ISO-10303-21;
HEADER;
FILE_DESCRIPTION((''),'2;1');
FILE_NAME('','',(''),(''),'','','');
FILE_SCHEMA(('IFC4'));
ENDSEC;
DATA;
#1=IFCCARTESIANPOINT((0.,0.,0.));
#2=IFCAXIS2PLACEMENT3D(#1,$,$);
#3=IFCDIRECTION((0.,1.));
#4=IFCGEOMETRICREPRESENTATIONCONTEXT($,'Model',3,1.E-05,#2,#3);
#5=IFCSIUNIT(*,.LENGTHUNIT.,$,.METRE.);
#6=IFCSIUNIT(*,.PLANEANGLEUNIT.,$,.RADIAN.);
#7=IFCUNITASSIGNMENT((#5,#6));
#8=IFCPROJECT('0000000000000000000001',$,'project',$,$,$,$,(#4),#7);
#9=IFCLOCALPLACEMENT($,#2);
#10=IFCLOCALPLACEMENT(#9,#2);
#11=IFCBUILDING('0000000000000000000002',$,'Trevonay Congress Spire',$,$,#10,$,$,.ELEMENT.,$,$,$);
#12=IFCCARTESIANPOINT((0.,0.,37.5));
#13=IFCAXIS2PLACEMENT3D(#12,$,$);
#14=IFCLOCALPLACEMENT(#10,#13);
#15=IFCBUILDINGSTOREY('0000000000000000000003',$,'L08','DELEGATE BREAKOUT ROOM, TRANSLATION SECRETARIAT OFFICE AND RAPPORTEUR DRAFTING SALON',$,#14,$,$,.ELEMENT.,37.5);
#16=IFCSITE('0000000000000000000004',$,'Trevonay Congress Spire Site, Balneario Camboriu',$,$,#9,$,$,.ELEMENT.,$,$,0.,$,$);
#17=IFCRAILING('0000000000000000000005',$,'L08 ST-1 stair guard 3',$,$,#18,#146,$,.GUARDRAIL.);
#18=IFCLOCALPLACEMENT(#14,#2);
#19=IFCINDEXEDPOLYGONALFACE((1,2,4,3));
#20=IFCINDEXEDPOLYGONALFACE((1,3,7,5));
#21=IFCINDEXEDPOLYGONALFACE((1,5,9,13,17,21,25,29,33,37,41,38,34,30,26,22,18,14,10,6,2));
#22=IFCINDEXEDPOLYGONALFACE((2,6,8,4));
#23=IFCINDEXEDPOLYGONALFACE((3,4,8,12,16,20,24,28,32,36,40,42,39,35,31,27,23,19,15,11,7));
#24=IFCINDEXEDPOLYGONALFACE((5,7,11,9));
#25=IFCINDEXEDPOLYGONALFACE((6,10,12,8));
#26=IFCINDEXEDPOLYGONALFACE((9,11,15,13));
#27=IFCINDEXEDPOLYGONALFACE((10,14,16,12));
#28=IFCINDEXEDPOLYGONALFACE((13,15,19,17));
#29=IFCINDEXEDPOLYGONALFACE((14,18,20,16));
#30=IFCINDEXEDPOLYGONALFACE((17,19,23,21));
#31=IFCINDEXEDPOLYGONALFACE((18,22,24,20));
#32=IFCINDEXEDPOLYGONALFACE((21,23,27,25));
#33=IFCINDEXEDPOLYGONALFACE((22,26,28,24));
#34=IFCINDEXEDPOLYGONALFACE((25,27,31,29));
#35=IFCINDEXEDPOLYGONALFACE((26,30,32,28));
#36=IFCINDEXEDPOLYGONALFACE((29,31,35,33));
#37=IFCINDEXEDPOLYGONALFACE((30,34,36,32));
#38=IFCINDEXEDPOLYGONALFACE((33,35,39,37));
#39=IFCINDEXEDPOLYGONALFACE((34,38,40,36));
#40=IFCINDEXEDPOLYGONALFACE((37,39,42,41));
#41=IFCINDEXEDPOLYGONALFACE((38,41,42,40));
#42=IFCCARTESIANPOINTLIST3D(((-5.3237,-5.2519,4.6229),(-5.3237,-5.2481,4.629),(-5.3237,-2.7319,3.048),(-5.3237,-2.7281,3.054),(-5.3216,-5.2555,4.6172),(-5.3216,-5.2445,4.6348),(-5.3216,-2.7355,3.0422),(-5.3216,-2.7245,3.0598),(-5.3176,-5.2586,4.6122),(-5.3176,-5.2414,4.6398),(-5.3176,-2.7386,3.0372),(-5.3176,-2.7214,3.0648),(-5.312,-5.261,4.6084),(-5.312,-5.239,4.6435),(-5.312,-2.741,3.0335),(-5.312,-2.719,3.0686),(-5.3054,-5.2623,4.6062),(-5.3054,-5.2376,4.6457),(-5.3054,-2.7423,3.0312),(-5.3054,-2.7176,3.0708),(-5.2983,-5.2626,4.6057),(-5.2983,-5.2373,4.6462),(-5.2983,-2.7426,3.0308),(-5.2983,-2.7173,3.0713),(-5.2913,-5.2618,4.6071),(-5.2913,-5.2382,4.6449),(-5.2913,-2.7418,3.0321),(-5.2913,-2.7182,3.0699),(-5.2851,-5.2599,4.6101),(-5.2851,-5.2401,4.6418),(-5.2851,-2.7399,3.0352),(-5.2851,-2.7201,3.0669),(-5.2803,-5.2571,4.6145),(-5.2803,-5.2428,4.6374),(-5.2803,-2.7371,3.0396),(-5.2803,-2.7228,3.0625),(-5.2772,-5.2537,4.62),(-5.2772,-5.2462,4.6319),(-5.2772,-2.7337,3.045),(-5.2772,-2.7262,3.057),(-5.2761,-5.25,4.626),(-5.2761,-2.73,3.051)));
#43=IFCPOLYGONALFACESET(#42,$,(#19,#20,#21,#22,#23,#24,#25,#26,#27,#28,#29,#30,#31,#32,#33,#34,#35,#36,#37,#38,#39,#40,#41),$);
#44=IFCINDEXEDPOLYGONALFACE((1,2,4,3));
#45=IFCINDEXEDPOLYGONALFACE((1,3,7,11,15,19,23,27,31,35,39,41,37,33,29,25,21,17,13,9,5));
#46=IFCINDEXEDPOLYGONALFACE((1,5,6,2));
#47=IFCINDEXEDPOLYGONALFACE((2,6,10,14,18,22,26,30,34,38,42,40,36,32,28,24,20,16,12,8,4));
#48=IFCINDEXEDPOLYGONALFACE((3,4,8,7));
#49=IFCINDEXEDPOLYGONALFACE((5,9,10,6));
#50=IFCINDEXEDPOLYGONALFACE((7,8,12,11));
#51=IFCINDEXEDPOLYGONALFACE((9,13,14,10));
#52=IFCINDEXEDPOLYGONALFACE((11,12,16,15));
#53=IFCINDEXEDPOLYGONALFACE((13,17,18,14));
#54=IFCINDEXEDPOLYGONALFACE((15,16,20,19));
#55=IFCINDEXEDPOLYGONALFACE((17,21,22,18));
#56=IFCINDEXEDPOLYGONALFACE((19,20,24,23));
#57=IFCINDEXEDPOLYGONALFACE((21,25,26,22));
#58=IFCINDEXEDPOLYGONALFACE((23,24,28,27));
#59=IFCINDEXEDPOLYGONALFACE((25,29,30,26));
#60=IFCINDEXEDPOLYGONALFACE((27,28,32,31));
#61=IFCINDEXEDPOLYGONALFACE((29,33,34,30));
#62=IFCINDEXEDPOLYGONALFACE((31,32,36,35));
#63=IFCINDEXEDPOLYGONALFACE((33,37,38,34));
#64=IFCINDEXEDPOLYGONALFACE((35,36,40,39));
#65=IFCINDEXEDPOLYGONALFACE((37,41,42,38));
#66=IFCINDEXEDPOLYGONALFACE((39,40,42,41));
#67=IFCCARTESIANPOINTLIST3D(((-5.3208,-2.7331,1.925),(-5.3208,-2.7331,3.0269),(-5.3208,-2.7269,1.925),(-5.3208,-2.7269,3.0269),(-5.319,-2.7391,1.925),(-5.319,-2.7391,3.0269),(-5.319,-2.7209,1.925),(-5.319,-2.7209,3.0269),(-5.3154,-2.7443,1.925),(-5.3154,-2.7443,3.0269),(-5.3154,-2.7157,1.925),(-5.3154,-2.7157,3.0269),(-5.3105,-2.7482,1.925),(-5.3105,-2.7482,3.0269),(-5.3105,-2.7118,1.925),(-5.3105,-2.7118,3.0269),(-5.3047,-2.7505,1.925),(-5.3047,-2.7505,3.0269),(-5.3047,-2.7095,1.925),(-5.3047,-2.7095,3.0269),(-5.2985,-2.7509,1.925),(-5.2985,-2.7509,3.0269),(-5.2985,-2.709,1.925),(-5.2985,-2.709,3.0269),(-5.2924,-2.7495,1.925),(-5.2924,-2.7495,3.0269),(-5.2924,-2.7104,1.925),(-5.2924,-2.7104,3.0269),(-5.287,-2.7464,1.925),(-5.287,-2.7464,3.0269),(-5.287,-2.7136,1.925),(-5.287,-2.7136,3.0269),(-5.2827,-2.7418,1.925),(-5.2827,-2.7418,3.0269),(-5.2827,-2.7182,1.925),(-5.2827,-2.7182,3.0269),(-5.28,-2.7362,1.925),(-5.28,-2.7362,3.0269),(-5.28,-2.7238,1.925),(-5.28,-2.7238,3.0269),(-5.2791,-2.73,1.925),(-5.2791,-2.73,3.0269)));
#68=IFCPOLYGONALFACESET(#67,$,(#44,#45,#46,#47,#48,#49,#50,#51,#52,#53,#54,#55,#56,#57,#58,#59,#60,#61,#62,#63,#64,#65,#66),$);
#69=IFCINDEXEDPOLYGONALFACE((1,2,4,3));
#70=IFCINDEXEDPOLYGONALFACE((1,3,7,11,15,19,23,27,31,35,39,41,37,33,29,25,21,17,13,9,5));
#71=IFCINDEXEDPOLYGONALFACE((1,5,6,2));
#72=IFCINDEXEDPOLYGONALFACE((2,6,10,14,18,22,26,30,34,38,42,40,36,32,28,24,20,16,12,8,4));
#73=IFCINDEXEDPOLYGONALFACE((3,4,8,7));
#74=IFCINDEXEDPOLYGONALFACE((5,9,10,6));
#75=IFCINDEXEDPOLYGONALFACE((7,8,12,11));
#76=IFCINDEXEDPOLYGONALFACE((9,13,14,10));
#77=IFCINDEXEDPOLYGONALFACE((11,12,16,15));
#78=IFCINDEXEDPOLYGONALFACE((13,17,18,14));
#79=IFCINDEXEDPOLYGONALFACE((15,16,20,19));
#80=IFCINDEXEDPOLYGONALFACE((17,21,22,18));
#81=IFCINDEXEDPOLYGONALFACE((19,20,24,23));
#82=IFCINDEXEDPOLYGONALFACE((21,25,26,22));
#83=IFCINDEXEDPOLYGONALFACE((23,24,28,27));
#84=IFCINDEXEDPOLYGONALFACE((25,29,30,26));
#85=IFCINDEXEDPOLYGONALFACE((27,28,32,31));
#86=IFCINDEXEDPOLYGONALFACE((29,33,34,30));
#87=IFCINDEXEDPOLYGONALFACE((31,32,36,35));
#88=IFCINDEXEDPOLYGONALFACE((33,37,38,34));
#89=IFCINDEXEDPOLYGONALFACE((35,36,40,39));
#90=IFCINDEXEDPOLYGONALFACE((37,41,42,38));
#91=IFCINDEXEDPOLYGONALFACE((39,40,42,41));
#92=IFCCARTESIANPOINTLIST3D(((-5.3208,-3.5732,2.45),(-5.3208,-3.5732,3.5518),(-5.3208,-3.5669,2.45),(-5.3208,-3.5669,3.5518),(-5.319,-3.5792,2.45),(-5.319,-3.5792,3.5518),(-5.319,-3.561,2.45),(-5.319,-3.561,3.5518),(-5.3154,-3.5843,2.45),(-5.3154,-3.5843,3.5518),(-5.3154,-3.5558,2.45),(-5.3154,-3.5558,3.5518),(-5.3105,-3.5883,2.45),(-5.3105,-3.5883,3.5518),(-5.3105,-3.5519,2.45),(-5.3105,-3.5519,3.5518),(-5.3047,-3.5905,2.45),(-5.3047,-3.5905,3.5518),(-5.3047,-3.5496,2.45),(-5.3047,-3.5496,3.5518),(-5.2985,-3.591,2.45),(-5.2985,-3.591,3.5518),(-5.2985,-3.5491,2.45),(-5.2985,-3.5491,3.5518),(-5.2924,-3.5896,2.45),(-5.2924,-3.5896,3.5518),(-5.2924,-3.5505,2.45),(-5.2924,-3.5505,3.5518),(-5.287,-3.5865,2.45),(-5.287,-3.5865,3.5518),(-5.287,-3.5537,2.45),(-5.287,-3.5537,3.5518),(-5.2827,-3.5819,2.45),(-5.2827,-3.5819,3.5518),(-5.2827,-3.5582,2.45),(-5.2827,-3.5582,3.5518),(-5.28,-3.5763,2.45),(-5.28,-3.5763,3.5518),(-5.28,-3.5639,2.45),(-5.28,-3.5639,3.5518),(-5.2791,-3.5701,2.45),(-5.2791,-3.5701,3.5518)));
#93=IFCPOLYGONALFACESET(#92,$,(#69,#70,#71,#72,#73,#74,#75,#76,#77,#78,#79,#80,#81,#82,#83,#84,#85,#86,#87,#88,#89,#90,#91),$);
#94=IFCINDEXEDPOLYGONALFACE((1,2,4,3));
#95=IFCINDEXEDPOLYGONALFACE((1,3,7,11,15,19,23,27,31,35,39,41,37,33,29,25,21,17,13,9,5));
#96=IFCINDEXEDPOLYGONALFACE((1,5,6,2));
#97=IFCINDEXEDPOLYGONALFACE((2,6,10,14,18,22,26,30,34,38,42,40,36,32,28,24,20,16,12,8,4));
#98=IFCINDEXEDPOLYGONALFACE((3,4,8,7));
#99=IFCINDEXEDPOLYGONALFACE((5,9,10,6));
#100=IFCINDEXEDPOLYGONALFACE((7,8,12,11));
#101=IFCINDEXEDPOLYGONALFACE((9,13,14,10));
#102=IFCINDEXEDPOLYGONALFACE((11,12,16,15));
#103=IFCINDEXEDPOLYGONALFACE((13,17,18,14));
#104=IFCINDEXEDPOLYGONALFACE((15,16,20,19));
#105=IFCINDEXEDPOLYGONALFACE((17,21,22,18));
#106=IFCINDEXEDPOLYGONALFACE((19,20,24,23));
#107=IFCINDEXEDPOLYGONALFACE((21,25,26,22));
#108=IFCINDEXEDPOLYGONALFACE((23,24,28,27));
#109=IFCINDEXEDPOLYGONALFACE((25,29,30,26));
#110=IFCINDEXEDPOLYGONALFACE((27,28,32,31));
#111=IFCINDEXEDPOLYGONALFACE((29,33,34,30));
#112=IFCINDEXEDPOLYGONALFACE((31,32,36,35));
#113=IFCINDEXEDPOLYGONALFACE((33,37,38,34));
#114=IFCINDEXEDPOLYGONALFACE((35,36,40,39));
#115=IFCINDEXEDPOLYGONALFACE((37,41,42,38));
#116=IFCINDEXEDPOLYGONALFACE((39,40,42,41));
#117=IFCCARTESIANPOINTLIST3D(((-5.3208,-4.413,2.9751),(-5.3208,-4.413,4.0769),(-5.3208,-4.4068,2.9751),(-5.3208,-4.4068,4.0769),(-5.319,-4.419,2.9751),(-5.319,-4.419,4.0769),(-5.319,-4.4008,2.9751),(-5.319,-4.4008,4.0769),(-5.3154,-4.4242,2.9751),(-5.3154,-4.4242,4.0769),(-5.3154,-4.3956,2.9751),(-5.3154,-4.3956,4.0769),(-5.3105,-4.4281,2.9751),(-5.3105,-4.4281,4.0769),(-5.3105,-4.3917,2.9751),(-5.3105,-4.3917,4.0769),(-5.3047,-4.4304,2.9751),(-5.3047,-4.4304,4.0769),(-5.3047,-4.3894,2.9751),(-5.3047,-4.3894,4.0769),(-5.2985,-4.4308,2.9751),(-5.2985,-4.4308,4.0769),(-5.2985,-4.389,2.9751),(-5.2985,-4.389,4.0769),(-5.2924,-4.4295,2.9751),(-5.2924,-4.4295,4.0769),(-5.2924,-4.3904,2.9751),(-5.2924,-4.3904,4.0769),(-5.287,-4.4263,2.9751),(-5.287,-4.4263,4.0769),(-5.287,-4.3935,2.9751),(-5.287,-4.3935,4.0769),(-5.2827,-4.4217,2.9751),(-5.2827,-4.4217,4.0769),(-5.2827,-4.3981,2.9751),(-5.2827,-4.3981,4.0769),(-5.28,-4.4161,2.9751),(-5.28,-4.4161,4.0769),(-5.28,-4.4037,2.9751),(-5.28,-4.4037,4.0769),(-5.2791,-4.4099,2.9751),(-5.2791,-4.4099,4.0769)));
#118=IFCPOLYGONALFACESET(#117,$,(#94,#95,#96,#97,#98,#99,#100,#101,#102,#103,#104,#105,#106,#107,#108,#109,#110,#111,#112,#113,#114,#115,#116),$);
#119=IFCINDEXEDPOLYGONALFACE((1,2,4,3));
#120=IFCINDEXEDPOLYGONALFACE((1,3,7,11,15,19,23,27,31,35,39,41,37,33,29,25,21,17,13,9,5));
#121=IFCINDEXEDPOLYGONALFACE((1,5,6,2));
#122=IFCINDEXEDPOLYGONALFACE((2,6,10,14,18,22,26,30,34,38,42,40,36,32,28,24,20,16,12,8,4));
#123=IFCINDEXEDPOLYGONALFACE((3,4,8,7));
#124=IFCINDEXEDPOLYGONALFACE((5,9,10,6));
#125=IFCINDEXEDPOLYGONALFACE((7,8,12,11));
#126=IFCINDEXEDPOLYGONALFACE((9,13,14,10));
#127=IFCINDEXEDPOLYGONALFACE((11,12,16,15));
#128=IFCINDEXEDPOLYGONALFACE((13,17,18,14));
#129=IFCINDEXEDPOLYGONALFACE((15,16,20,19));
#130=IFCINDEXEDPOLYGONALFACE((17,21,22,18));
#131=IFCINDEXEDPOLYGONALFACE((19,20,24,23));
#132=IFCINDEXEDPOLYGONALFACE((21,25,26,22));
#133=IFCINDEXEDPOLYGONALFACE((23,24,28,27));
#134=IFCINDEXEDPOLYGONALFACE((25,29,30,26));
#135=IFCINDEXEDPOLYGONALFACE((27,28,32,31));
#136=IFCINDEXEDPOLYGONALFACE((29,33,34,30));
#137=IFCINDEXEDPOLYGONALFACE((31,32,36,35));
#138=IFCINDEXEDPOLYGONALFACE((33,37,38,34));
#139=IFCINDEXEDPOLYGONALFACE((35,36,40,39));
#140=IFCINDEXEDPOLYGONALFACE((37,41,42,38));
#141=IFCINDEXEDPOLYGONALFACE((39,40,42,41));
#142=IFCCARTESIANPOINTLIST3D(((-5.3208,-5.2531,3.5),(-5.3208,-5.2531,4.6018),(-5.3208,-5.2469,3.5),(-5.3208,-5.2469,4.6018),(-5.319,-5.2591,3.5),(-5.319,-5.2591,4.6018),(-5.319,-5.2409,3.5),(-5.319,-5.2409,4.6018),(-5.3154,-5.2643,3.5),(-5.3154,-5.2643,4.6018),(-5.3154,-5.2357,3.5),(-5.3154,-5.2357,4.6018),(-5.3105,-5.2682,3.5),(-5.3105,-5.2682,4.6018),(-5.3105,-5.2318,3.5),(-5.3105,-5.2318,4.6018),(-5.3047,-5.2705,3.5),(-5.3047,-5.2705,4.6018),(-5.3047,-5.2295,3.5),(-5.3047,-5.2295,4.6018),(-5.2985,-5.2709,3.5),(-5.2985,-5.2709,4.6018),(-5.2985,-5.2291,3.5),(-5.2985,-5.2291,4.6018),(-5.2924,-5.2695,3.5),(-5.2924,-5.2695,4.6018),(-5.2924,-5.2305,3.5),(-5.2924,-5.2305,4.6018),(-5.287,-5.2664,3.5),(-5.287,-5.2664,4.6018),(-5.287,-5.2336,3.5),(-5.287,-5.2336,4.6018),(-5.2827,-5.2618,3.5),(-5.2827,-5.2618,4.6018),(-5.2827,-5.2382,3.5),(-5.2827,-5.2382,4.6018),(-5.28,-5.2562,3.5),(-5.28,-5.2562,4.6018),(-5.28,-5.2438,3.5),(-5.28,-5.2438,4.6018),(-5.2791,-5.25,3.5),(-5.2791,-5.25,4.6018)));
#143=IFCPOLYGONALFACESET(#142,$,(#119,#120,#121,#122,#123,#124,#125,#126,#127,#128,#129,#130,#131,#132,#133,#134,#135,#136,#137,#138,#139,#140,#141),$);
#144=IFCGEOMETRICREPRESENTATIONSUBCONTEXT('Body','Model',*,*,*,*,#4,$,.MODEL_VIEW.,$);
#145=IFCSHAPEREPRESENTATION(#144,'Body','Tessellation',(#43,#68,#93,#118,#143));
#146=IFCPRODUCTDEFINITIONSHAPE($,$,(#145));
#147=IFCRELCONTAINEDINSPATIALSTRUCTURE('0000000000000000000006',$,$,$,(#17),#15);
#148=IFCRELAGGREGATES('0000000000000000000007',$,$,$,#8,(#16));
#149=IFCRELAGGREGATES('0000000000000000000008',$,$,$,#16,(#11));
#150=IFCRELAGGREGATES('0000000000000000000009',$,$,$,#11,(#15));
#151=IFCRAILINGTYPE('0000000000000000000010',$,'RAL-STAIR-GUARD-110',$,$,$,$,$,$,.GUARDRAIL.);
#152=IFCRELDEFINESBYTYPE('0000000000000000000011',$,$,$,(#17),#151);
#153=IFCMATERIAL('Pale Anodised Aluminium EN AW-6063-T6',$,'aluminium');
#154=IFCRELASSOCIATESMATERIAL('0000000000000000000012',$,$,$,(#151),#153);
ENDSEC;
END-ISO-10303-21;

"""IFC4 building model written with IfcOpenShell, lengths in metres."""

from ifc_helpers import new_model, si_unit, direction, frame, origin, origin_2d, place, context, subcontext, project, spatial, circle, extrude, material, type_object, element, save


model = new_model("IFC4")

# Units and contexts
model_context = context("Model", 3, precision=1e-05, world=origin(), true_north=direction((0.0, 1.0)))
body_context = subcontext(model_context, "Body", "Model", "MODEL_VIEW")
ifc_project = project(units=[si_unit("LENGTHUNIT", "METRE"), si_unit("PLANEANGLEUNIT", "RADIAN")], contexts=[model_context])

# Site, building, storey
site_placement = place(None, origin())
site = spatial("IfcSite", under=ifc_project, at=site_placement, Name="Trevonay Congress Spire Site, Balneario Camboriu", CompositionType="ELEMENT", RefElevation=0.0)
building_placement = place(site_placement, origin())
building = spatial("IfcBuilding", under=site, at=building_placement, Name="Trevonay Congress Spire", CompositionType="ELEMENT")
storey_placement = place(building_placement, frame((0.0, 0.0, 37.5)))
storey = spatial("IfcBuildingStorey", under=building, at=storey_placement, Name="L08", Description="DELEGATE BREAKOUT ROOM, TRANSLATION SECRETARIAT OFFICE AND RAPPORTEUR DRAFTING SALON", CompositionType="ELEMENT", Elevation=37.5)

# Shared definitions
ifc_material_1 = material(Name="Pale Anodised Aluminium EN AW-6063-T6", Category="aluminium")

# Railing
railing_type_1 = type_object("IfcRailingType", Name="RAL-STAIR-GUARD-110", PredefinedType="GUARDRAIL", material=ifc_material_1)
railing_1_placement = place(storey_placement, frame((-5.3, -2.73, 1.925)))
element("IfcRailing", 1, at=railing_1_placement, inside=storey, type_object=railing_type_1, Name="L08 ST-1 stair guard 3", PredefinedType="GUARDRAIL", context=body_context, shape_type="SweptSolid", body=[
    extrude(circle(Radius=0.0239, at=origin_2d()), frame((0.0, 0.0, 1.126), z_axis=(0.0, -0.848008, 0.529984), x_axis=(1.0, 0.0, 0.0)), (0.0, 0.0, 1.0), 2.9717),
    extrude(circle(Radius=0.021, at=origin_2d()), origin(), (0.0, 0.0, 1.0), 1.1018),
    extrude(circle(Radius=0.021, at=origin_2d()), frame((0.0, -0.8401, 0.5249)), (0.0, 0.0, 1.0), 1.1018),
    extrude(circle(Radius=0.021, at=origin_2d()), frame((0.0, -1.6799, 1.05)), (0.0, 0.0, 1.0), 1.1018),
    extrude(circle(Radius=0.021, at=origin_2d()), frame((0.0, -2.52, 1.575)), (0.0, 0.0, 1.0), 1.1018),
])

save(model, "model.ifc")
